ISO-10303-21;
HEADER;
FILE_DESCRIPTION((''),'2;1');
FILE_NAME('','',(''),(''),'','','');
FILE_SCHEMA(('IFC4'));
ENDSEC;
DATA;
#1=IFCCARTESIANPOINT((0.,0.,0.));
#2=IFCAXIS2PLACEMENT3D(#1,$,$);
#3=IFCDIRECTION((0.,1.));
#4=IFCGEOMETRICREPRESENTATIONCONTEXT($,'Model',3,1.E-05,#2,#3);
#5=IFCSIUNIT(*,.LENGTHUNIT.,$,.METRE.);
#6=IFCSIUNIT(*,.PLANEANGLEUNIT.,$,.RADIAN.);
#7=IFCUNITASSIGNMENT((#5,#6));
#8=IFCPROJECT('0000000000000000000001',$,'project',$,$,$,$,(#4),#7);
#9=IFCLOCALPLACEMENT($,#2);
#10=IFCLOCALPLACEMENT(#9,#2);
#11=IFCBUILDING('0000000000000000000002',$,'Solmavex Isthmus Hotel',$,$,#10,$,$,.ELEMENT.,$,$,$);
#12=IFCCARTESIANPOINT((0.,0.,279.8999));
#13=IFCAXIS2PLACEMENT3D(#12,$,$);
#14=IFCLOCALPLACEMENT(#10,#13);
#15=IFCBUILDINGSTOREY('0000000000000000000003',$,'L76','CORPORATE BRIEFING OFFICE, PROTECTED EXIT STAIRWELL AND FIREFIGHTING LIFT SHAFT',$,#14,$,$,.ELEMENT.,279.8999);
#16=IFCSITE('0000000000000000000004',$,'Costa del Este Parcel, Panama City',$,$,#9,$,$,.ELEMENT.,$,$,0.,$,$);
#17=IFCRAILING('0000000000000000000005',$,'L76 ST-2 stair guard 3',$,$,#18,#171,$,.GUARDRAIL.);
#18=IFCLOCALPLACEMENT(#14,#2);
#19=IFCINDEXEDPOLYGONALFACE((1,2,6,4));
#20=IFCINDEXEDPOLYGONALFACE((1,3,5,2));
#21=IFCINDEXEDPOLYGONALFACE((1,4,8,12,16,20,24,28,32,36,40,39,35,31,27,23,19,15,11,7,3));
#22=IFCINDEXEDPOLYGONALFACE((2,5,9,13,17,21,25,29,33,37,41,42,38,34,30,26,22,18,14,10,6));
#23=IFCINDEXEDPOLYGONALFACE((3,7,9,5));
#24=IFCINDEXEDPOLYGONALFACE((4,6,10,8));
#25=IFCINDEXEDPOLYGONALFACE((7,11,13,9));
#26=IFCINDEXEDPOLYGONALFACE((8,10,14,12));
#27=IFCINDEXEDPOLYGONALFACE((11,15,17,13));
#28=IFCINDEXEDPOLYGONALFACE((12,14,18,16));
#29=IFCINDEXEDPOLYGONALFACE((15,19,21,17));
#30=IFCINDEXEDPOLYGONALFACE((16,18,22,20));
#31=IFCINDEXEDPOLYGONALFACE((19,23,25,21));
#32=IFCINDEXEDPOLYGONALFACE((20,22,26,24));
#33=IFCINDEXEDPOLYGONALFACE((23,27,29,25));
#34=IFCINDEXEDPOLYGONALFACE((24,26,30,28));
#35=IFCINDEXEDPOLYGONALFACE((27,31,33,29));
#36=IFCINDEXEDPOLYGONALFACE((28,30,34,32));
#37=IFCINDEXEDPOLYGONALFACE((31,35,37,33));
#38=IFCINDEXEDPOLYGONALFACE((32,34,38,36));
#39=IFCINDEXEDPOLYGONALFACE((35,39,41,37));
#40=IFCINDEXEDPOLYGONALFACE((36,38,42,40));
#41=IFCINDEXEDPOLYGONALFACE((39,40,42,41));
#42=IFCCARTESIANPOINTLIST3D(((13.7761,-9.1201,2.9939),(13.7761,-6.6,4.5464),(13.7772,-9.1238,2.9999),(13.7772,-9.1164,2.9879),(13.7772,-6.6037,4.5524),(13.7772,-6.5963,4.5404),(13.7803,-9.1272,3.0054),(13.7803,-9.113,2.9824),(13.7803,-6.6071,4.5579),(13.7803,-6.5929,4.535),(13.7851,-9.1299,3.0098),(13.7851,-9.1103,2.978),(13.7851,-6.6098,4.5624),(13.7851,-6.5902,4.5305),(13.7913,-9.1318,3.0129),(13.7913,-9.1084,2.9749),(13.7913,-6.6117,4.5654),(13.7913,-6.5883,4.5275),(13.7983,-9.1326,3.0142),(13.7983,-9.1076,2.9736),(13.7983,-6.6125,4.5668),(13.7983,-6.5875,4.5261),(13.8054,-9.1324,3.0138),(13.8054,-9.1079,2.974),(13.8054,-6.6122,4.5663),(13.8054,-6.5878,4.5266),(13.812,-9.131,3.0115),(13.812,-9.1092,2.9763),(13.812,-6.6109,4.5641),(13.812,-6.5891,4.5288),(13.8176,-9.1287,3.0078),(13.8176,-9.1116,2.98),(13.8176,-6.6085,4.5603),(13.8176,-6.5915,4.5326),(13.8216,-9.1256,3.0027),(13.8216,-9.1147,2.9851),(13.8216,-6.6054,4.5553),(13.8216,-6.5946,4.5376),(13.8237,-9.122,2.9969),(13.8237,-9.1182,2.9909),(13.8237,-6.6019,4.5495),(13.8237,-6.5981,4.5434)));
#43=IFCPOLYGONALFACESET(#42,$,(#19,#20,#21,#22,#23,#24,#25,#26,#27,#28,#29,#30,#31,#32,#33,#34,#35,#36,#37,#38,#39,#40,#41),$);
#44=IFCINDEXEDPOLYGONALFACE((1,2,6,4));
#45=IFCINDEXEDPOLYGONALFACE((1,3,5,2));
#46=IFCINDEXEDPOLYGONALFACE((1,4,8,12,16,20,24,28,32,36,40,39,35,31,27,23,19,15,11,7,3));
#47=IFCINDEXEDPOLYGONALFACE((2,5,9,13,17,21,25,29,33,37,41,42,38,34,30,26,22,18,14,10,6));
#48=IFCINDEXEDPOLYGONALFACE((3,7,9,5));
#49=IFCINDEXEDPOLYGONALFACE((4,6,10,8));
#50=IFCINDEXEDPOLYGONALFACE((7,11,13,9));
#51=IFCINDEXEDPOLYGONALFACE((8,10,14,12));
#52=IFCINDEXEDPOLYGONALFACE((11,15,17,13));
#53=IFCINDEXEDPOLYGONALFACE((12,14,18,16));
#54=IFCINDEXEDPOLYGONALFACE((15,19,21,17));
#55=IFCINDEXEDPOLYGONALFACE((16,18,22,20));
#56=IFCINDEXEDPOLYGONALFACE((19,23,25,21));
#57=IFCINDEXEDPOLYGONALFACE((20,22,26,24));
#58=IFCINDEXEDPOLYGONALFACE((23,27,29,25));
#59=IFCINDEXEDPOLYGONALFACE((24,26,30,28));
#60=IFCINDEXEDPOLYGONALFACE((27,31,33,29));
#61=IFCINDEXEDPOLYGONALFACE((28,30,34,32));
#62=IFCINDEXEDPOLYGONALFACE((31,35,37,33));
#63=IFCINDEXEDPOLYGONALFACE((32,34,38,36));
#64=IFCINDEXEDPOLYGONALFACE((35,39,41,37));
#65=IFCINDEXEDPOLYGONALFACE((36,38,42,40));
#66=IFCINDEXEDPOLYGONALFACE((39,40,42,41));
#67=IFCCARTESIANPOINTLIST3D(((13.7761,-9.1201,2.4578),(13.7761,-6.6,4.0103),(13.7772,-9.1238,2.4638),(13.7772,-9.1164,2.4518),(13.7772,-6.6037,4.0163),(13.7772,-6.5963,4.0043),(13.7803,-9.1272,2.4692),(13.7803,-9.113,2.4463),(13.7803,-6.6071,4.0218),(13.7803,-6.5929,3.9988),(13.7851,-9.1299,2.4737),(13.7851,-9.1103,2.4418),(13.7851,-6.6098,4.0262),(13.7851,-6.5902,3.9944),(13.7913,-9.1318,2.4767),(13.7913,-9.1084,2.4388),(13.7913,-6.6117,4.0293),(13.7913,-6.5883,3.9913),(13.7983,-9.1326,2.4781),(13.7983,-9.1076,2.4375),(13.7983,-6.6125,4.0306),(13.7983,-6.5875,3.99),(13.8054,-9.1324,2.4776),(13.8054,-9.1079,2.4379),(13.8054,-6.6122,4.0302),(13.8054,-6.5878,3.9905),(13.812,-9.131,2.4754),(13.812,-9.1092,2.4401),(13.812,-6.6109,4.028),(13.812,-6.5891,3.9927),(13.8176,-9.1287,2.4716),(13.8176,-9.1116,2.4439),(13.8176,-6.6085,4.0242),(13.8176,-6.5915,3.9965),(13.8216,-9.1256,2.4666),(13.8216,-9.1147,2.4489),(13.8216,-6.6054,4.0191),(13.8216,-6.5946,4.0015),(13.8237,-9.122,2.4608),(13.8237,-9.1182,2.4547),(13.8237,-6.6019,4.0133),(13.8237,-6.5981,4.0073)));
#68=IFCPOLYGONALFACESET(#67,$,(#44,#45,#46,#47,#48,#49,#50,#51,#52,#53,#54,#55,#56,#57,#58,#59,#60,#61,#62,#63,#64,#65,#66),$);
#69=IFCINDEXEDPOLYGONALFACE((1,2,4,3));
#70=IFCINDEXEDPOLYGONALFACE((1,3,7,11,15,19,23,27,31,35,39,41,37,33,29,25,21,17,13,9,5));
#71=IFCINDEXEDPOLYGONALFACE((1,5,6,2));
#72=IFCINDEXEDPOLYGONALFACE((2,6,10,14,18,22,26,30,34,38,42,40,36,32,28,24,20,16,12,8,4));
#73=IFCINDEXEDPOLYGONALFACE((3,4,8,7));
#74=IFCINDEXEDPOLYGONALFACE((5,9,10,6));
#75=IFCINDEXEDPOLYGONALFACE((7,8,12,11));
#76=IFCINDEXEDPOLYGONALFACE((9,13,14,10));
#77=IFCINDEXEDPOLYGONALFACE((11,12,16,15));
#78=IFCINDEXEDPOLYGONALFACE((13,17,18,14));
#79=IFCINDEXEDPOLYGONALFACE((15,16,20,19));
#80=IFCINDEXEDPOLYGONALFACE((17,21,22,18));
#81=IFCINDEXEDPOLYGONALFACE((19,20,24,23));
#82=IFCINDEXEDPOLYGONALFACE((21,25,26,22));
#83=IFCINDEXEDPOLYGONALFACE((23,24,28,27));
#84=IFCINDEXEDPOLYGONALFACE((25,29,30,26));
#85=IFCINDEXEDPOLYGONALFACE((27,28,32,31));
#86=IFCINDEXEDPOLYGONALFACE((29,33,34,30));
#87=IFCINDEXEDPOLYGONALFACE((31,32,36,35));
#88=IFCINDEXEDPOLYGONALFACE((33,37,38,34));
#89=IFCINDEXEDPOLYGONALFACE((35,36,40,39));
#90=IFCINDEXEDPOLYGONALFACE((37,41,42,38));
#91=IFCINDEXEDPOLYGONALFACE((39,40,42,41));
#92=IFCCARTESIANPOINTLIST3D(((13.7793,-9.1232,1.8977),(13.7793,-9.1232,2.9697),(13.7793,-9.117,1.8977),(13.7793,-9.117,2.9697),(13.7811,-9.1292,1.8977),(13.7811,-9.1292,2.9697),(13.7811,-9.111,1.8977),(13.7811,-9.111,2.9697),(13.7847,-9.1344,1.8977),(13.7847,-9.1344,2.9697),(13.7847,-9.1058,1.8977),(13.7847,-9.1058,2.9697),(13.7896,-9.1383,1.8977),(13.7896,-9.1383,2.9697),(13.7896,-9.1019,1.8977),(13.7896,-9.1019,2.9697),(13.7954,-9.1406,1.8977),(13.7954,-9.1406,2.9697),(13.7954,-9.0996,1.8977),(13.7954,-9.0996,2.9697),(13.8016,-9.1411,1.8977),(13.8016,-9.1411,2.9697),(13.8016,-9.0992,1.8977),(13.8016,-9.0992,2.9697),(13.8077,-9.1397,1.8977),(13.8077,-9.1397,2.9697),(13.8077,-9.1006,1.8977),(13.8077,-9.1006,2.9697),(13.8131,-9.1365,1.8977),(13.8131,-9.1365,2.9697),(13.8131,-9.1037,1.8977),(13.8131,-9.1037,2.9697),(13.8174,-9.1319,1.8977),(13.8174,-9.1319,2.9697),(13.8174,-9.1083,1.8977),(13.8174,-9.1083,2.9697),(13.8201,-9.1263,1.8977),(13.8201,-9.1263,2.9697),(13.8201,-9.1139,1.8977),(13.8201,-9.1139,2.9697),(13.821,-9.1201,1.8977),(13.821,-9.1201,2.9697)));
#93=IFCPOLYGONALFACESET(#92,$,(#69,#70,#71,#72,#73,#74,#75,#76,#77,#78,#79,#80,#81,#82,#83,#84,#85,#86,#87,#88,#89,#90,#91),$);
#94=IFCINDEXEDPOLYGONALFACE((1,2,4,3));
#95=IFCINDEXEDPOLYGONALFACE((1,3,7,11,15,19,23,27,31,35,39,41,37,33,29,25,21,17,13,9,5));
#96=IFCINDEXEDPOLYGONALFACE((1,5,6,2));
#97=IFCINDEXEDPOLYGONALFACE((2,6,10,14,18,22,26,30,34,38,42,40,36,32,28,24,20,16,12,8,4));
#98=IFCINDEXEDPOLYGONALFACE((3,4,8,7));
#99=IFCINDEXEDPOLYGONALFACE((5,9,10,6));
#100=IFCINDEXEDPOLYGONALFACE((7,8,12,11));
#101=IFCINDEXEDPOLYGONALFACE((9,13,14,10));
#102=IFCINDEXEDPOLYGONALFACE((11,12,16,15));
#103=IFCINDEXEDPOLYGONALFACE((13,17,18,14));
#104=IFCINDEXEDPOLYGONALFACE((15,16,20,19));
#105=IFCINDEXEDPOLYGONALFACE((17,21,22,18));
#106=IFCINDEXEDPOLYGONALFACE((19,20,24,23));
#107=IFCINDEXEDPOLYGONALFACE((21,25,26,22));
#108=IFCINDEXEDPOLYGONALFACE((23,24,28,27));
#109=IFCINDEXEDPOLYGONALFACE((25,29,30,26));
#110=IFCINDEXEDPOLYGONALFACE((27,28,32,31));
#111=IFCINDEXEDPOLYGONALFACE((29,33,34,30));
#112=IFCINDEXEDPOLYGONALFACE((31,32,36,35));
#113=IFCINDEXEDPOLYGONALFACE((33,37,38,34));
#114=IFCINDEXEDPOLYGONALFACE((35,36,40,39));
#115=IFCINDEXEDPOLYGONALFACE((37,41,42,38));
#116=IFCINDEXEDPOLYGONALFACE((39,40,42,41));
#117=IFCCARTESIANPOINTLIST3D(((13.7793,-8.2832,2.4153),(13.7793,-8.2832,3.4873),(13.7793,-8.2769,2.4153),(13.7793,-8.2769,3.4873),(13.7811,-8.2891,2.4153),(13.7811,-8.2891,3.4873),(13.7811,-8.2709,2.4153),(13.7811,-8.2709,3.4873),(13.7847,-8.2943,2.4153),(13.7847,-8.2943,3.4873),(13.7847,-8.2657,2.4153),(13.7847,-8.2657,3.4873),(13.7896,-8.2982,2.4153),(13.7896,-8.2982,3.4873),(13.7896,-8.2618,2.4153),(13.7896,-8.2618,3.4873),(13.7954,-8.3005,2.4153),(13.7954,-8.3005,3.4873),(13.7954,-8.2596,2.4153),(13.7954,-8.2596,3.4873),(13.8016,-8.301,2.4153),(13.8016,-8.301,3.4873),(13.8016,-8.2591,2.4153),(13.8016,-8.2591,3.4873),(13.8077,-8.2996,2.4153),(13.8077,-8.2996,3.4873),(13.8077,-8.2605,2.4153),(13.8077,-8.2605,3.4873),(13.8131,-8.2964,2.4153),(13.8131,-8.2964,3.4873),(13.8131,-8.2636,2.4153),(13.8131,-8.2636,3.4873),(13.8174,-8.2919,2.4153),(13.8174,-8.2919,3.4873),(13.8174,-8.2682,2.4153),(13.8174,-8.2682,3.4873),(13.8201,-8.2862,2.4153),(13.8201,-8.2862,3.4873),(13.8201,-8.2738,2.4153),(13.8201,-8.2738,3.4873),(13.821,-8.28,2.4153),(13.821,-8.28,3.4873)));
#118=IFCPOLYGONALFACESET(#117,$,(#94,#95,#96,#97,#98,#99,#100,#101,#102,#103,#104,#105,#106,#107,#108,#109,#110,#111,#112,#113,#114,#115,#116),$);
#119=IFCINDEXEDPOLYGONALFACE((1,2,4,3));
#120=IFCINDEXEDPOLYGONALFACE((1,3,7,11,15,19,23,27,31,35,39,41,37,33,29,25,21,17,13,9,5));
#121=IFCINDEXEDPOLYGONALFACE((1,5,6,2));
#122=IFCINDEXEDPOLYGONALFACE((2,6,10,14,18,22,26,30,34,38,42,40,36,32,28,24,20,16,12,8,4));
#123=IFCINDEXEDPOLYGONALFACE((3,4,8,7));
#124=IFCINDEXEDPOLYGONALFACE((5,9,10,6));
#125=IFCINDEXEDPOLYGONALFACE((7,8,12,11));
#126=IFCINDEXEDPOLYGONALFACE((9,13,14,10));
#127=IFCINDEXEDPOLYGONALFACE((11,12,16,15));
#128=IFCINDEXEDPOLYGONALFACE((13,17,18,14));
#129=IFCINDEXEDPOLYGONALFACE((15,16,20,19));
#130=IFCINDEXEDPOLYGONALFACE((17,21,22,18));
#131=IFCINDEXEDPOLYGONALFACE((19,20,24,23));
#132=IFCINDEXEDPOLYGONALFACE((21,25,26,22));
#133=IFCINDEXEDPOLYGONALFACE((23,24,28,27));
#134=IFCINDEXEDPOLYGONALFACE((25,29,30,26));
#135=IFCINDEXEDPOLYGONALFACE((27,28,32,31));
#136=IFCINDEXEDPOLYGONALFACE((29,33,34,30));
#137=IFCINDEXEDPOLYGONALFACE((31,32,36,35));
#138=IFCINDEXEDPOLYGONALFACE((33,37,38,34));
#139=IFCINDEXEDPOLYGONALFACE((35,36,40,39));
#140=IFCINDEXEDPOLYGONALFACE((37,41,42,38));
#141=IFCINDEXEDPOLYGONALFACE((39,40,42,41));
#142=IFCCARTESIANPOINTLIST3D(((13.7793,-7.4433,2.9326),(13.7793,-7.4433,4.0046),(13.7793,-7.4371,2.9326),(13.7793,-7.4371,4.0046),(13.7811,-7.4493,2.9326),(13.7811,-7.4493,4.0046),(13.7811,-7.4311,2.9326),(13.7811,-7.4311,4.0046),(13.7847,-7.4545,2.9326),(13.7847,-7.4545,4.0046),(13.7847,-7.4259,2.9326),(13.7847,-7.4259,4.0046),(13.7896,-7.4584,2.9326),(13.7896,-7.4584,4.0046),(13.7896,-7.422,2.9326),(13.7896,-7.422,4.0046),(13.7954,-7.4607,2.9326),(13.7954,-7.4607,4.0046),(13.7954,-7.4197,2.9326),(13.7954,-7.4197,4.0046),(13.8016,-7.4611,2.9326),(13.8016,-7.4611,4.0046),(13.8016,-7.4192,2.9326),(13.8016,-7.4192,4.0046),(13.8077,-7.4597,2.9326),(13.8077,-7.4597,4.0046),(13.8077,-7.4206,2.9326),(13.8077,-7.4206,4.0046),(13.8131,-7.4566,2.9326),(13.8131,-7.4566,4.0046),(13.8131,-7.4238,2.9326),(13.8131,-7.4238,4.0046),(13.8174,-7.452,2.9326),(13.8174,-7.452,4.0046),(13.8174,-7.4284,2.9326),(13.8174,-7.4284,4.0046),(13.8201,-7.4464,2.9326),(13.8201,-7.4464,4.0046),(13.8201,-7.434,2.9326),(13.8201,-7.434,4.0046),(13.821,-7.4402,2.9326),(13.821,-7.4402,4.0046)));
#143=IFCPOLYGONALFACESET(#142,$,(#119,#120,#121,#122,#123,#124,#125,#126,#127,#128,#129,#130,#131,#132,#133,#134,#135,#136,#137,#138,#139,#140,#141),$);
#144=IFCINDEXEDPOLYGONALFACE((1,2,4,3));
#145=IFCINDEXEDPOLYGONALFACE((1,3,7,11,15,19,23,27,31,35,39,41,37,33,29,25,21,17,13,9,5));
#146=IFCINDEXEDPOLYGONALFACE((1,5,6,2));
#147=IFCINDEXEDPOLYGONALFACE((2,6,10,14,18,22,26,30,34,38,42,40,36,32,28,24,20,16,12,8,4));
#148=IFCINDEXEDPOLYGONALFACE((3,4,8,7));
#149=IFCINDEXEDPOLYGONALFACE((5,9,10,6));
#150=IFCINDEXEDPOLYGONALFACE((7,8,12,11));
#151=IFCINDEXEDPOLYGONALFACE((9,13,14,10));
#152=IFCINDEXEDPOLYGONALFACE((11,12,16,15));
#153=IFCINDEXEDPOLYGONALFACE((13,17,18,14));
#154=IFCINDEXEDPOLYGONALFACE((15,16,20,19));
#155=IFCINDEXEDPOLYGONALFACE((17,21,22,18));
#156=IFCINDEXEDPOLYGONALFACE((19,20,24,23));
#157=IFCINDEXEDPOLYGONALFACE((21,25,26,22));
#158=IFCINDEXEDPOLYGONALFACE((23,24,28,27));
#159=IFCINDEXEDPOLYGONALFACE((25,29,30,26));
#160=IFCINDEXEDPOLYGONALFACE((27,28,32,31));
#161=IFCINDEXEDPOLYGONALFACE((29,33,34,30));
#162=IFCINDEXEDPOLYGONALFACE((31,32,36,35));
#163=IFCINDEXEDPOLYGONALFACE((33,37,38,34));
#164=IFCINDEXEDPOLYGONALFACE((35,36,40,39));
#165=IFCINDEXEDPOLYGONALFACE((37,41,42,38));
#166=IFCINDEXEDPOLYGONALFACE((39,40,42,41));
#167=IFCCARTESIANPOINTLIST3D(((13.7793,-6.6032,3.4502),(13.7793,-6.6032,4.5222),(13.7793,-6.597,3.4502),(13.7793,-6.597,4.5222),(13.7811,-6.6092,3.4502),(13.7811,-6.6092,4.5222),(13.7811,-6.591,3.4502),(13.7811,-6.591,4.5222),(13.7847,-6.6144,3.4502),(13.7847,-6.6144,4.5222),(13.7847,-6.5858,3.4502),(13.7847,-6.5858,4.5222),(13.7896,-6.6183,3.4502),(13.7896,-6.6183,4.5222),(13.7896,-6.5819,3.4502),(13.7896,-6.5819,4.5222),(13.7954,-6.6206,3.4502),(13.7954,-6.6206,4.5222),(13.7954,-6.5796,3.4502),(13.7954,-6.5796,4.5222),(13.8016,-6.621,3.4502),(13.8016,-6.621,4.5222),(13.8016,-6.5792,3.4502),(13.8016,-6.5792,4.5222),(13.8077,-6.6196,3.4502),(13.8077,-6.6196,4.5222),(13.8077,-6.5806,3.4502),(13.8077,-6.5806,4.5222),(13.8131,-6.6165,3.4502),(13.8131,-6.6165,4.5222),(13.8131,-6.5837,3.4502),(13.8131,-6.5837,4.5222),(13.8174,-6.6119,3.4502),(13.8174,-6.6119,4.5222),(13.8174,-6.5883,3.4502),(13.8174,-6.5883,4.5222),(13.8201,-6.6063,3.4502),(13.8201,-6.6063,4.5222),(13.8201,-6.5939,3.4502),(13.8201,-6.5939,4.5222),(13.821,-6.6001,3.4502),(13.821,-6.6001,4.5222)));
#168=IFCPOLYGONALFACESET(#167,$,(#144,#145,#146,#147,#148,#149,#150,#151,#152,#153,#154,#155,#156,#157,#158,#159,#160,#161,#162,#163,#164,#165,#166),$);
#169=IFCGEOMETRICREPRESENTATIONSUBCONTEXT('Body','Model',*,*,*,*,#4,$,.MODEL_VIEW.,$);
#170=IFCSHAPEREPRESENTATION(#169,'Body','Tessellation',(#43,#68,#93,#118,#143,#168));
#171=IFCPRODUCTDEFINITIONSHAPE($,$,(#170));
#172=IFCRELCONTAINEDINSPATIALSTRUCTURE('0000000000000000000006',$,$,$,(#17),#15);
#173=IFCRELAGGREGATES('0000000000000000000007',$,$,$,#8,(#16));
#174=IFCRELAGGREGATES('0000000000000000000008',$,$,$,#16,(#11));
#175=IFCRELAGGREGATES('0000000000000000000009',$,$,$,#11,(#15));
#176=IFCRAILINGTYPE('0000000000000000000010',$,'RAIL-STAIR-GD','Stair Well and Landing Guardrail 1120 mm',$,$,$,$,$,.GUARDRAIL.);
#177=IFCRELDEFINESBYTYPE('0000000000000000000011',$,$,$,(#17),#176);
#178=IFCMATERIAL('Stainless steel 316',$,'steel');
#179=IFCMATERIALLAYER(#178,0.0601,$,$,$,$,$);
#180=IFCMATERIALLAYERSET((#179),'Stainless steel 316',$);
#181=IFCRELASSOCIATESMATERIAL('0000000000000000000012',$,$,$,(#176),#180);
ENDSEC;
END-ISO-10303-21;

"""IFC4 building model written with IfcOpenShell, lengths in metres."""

from ifc_helpers import new_model, si_unit, direction, frame, origin, origin_2d, place, context, subcontext, project, spatial, circle, extrude, material, layer, layer_set, type_object, element, save


model = new_model("IFC4")

# Units and contexts
model_context = context("Model", 3, precision=1e-05, world=origin(), true_north=direction((0.0, 1.0)))
body_context = subcontext(model_context, "Body", "Model", "MODEL_VIEW")
ifc_project = project(units=[si_unit("LENGTHUNIT", "METRE"), si_unit("PLANEANGLEUNIT", "RADIAN")], contexts=[model_context])

# Site, building, storey
site_placement = place(None, origin())
site = spatial("IfcSite", under=ifc_project, at=site_placement, Name="Costa del Este Parcel, Panama City", CompositionType="ELEMENT", RefElevation=0.0)
building_placement = place(site_placement, origin())
building = spatial("IfcBuilding", under=site, at=building_placement, Name="Solmavex Isthmus Hotel", CompositionType="ELEMENT")
storey_placement = place(building_placement, frame((0.0, 0.0, 279.8999)))
storey = spatial("IfcBuildingStorey", under=building, at=storey_placement, Name="L76", Description="CORPORATE BRIEFING OFFICE, PROTECTED EXIT STAIRWELL AND FIREFIGHTING LIFT SHAFT", CompositionType="ELEMENT", Elevation=279.8999)

# Shared definitions
ifc_material_1 = material(Name="Stainless steel 316", Category="steel")

# Railing
ifc_layer_1 = layer(ifc_material_1, 0.0601)
ifc_layer_set_1 = layer_set([ifc_layer_1], Name="Stainless steel 316")
railing_type_1 = type_object("IfcRailingType", Name="RAIL-STAIR-GD", Description="Stair Well and Landing Guardrail 1120 mm", PredefinedType="GUARDRAIL", material=ifc_layer_set_1)
railing_1_placement = place(storey_placement, frame((13.8, -9.1201, 1.8977)))
element("IfcRailing", 1, at=railing_1_placement, inside=storey, type_object=railing_type_1, Name="L76 ST-2 stair guard 3", PredefinedType="GUARDRAIL", context=body_context, shape_type="SweptSolid", body=[
    extrude(circle(Radius=0.0239, at=origin_2d()), frame((0.0, 0.0, 1.0962), z_axis=(0.0, 0.8514, 0.524516), x_axis=(-1.0, 0.0, 0.0)), (0.0, 0.0, 1.0), 2.96),
    extrude(circle(Radius=0.0239, at=origin_2d()), frame((0.0, 0.0, 0.5601), z_axis=(0.0, 0.8514, 0.524516), x_axis=(-1.0, 0.0, 0.0)), (0.0, 0.0, 1.0), 2.96),
    extrude(circle(Radius=0.021, at=origin_2d()), origin(), (0.0, 0.0, 1.0), 1.072),
    extrude(circle(Radius=0.021, at=origin_2d()), frame((0.0, 0.8401, 0.5176)), (0.0, 0.0, 1.0), 1.072),
    extrude(circle(Radius=0.021, at=origin_2d()), frame((0.0, 1.6799, 1.0349)), (0.0, 0.0, 1.0), 1.072),
    extrude(circle(Radius=0.021, at=origin_2d()), frame((0.0, 2.52, 1.5525)), (0.0, 0.0, 1.0), 1.072),
])

save(model, "model.ifc")
